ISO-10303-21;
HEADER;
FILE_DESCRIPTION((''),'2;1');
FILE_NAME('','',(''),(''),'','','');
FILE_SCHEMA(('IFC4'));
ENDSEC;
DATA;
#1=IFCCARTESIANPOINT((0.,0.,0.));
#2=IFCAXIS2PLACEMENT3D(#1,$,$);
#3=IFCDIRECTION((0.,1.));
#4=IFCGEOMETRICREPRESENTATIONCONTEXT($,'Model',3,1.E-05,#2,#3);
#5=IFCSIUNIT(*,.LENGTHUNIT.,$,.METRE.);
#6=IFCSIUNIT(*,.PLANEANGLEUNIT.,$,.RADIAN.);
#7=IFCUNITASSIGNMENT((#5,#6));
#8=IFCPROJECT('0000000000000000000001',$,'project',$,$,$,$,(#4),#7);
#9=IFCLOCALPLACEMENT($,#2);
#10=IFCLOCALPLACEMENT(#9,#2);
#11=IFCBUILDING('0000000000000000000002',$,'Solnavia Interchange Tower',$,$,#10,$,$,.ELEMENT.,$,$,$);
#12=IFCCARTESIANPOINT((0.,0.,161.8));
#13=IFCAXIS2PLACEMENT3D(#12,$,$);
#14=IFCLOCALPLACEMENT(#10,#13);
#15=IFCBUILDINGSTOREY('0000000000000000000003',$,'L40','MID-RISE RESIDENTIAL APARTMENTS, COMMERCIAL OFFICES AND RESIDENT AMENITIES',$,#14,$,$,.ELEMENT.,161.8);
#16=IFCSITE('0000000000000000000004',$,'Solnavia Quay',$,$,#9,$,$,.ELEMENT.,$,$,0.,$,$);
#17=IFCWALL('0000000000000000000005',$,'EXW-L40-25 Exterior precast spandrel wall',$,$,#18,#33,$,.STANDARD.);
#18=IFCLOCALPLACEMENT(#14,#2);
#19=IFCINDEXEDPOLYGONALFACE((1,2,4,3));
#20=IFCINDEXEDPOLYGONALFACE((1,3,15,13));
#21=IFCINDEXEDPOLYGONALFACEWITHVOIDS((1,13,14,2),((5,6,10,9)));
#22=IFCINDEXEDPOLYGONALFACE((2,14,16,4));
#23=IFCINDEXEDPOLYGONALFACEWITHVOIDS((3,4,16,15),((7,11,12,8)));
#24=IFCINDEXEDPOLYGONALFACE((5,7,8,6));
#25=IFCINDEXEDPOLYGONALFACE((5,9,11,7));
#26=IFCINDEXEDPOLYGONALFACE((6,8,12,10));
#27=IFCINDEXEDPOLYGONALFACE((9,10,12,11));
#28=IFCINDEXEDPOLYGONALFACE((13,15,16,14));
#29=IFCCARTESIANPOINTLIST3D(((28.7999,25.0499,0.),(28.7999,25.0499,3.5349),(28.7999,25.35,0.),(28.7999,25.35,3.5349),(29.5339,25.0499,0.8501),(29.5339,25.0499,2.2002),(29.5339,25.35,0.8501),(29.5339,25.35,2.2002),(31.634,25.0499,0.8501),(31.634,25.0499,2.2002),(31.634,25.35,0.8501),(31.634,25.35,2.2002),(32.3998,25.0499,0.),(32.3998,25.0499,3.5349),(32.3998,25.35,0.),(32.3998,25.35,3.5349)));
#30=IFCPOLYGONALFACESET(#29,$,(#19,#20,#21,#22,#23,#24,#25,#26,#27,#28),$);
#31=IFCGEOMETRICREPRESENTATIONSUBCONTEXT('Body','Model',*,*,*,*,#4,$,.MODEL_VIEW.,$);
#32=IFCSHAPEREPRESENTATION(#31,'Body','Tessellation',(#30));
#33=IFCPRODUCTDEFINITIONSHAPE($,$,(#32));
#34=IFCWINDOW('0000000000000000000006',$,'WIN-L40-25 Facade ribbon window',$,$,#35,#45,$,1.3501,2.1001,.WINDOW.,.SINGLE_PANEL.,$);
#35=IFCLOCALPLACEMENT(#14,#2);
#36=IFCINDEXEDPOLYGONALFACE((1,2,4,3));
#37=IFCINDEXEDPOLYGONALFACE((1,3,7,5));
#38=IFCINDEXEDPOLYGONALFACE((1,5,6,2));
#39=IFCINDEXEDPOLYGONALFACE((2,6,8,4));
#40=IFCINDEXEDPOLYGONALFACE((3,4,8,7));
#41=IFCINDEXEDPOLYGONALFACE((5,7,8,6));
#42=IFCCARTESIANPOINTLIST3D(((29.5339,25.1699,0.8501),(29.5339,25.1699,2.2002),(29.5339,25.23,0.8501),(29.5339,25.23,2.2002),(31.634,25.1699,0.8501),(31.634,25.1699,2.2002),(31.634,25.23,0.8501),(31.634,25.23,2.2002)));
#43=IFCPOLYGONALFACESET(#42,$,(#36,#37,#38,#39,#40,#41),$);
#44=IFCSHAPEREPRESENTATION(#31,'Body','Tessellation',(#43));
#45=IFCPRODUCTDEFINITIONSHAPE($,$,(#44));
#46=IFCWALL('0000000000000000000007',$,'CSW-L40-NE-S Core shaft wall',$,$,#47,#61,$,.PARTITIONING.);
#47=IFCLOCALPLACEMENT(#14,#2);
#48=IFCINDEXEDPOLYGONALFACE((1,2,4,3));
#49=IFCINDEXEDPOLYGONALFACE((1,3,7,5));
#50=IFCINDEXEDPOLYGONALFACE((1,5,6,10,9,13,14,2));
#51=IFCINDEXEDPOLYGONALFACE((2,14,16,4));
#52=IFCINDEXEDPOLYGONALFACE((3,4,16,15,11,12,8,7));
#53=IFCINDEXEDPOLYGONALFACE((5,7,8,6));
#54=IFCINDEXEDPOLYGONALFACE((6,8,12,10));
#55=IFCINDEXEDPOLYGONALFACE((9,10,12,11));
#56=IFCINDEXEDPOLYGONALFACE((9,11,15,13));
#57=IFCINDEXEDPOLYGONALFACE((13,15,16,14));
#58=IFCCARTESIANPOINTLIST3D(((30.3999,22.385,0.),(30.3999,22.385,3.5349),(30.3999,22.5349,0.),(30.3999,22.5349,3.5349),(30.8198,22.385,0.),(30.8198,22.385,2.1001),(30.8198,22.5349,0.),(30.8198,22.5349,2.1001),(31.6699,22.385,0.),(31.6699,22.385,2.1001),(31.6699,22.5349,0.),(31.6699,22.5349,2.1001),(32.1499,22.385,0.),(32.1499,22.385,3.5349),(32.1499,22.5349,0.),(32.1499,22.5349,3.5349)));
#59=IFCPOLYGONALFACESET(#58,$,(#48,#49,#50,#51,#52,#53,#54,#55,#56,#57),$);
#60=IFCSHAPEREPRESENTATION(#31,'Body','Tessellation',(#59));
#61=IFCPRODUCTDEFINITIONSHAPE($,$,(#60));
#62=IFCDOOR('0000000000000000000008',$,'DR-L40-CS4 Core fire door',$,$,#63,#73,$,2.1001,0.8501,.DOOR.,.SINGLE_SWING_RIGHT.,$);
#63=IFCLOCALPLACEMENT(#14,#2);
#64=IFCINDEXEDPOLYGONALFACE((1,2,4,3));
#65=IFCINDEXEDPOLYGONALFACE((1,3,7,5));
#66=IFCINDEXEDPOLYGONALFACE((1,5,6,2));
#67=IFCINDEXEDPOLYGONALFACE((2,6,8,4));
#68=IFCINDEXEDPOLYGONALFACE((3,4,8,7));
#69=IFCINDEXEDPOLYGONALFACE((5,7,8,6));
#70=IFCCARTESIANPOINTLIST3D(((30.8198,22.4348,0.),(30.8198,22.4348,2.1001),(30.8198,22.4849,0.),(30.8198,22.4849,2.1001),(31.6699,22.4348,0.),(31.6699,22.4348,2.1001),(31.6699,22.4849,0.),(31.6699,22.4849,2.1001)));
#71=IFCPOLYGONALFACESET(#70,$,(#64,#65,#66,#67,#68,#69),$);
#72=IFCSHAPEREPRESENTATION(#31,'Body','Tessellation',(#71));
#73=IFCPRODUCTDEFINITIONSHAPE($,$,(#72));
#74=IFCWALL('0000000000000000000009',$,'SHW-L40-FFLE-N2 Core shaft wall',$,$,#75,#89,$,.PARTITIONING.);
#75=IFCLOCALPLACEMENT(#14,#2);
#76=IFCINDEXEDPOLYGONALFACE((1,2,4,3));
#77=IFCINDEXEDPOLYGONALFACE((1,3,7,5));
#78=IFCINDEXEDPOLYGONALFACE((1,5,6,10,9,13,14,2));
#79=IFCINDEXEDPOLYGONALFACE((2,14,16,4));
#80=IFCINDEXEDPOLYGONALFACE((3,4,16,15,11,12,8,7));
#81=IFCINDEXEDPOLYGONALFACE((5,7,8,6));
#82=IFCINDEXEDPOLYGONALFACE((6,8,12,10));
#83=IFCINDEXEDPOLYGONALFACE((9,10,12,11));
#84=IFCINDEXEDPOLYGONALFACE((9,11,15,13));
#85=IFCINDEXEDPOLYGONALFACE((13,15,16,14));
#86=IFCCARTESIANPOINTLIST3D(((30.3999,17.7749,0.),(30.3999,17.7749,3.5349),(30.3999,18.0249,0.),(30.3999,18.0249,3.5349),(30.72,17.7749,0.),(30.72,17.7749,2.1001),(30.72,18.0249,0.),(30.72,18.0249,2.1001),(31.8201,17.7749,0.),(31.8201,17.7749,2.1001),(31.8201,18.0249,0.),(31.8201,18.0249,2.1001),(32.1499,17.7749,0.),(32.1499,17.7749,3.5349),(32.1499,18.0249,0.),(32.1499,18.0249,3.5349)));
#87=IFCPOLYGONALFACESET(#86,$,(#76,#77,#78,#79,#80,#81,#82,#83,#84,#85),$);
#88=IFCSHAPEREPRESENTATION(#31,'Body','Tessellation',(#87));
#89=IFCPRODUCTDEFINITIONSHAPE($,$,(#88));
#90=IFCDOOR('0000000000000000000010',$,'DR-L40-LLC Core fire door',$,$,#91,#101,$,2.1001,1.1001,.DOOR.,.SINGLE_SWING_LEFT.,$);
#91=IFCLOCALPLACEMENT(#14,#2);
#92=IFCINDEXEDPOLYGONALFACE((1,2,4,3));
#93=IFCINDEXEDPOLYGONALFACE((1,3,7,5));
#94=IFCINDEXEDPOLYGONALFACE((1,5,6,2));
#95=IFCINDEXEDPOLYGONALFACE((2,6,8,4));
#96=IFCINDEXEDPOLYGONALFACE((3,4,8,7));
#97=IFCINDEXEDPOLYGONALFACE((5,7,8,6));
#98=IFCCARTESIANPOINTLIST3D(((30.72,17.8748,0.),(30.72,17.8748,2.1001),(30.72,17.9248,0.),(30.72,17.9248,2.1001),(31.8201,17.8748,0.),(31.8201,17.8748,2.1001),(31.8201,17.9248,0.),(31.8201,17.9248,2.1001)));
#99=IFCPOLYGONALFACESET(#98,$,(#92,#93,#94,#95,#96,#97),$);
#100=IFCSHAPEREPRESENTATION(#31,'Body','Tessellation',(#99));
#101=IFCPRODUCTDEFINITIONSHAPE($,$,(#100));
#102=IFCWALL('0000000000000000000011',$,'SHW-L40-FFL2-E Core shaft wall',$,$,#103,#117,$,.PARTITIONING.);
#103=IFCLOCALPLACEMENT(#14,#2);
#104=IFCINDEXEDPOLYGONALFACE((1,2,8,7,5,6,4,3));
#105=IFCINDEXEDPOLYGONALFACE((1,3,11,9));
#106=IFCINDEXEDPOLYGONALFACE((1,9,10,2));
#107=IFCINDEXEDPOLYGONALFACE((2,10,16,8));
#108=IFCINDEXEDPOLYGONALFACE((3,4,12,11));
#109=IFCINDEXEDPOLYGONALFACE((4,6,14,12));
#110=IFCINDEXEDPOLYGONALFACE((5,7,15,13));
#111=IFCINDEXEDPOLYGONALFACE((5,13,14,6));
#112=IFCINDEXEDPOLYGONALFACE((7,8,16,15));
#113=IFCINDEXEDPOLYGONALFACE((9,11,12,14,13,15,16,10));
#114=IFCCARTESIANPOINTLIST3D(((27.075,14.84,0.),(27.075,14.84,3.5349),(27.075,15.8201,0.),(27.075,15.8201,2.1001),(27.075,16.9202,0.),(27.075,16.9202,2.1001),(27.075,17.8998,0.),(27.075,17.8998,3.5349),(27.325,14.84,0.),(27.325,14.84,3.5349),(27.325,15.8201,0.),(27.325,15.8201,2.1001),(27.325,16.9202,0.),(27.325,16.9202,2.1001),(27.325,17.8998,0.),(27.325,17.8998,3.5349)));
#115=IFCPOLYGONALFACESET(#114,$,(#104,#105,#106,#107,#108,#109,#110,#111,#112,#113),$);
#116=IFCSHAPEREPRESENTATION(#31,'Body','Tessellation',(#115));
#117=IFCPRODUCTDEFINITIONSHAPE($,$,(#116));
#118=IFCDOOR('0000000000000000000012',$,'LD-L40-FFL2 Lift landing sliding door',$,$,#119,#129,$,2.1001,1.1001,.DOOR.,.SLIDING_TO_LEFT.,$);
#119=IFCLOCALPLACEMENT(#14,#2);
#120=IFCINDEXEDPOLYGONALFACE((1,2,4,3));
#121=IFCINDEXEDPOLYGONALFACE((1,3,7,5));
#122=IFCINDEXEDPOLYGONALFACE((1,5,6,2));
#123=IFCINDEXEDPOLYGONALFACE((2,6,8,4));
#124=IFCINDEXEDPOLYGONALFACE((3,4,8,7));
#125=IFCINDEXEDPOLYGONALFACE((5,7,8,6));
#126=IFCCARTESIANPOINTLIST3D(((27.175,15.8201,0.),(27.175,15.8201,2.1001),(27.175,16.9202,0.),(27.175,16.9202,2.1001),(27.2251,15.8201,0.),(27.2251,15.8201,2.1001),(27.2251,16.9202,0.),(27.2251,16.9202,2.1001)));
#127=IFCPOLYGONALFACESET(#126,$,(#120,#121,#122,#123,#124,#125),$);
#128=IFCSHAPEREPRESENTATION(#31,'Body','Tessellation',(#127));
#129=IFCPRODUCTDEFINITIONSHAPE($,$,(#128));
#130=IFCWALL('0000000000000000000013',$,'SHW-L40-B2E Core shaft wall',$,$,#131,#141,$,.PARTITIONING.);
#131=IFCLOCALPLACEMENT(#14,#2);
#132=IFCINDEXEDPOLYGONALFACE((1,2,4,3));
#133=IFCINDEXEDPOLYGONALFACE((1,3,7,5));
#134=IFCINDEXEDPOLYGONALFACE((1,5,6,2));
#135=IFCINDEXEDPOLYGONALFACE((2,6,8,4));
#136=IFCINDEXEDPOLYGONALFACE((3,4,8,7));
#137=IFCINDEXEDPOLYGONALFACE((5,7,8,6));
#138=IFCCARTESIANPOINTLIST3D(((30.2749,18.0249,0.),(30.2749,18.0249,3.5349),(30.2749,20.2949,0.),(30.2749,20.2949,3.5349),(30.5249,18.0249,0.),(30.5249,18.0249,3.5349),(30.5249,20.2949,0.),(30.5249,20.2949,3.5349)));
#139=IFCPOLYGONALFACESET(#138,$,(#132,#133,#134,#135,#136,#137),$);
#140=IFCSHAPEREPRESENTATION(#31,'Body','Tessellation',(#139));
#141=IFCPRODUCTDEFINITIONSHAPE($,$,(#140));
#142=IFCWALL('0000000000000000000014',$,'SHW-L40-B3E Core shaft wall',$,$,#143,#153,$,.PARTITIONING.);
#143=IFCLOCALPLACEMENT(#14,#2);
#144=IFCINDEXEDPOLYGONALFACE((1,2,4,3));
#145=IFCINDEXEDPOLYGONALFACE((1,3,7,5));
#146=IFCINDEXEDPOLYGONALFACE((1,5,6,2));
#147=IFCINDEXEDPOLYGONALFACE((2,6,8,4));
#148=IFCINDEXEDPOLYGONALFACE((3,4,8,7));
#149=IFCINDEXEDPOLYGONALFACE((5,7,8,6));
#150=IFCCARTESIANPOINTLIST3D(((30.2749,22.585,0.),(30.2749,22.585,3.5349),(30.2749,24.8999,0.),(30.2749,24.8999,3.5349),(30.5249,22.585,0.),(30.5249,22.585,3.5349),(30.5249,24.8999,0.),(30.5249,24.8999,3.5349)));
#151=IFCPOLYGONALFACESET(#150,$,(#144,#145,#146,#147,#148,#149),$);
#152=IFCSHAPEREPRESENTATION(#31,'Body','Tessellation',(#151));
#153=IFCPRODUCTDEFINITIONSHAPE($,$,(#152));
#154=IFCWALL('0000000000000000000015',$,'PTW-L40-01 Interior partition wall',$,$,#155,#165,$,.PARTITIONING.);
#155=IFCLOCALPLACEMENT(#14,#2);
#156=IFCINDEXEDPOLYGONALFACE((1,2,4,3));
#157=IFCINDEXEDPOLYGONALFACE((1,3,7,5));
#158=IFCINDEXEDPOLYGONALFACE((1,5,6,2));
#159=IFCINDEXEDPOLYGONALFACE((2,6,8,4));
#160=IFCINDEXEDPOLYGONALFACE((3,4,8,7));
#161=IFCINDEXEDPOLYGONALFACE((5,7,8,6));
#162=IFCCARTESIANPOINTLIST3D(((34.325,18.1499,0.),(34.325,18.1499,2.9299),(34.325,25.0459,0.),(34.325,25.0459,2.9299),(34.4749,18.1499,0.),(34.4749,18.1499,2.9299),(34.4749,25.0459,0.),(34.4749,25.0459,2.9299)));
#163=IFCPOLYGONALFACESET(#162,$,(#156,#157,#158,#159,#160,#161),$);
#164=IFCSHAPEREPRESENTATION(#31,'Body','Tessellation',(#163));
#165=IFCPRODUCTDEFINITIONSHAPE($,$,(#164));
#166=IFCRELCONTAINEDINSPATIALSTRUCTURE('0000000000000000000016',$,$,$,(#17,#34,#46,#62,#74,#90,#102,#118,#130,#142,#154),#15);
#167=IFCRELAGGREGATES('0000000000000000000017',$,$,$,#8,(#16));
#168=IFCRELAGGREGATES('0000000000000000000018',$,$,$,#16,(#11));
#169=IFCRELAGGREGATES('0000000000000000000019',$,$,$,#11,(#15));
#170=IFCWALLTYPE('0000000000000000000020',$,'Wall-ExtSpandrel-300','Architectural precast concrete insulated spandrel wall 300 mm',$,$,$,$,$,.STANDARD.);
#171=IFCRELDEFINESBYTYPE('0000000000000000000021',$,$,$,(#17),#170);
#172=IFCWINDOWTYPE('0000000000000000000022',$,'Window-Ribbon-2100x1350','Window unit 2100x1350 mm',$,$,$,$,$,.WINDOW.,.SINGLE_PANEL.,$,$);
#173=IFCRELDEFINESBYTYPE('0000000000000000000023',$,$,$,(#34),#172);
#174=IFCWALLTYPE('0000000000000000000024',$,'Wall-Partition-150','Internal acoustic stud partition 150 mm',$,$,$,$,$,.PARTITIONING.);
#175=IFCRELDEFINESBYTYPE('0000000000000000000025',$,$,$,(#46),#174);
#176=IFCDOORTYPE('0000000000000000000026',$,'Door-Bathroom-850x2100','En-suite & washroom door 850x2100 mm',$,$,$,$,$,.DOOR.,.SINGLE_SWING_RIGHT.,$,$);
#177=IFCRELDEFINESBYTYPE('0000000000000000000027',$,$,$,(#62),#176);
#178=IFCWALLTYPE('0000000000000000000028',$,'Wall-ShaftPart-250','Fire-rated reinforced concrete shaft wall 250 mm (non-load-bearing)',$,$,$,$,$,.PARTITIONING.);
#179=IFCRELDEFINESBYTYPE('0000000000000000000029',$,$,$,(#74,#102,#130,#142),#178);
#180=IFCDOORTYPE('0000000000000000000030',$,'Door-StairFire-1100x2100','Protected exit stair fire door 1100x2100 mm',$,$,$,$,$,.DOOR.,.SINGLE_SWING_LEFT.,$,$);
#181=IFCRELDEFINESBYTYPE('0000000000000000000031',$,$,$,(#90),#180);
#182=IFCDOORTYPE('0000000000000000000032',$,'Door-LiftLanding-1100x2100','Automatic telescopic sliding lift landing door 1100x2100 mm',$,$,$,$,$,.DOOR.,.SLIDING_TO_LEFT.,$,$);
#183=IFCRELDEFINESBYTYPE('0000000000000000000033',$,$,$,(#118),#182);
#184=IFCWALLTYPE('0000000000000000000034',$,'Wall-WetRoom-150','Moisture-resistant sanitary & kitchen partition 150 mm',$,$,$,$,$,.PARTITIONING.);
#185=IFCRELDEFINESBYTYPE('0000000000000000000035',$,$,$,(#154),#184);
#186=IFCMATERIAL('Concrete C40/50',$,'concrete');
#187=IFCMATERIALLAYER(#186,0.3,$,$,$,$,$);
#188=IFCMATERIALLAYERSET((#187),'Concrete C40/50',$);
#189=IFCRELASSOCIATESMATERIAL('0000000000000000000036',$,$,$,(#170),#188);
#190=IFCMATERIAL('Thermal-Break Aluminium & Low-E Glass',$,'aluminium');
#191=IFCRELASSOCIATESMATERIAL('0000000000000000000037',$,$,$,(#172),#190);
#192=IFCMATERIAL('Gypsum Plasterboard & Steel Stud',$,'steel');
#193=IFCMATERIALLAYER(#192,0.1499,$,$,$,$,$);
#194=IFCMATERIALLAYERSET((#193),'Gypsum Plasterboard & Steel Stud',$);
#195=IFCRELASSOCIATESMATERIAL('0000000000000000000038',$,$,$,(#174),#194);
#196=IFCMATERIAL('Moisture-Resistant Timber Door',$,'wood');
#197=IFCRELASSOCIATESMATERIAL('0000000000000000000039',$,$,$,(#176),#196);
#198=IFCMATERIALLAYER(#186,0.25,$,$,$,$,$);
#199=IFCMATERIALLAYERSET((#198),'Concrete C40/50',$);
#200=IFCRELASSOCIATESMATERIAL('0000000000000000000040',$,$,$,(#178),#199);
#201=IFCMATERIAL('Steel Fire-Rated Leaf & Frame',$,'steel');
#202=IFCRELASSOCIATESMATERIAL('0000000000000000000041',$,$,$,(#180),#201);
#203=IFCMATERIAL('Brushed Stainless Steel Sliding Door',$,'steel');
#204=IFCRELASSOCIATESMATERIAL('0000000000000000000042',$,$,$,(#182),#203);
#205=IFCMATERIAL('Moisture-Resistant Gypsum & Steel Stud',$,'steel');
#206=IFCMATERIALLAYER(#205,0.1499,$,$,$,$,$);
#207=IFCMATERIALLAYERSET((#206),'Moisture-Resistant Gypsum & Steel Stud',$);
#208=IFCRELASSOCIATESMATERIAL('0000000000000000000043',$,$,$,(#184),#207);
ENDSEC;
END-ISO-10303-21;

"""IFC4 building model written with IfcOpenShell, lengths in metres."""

from ifc_helpers import new_model, si_unit, direction, frame, frame_2d, origin, place, context, subcontext, project, spatial, rectangle, extrude, material, layer, layer_set, type_object, element, fill, save


model = new_model("IFC4")

# Units and contexts
model_context = context("Model", 3, precision=1e-05, world=origin(), true_north=direction((0.0, 1.0)))
body_context = subcontext(model_context, "Body", "Model", "MODEL_VIEW")
ifc_project = project(units=[si_unit("LENGTHUNIT", "METRE"), si_unit("PLANEANGLEUNIT", "RADIAN")], contexts=[model_context])

# Site, building, storey
site_placement = place(None, origin())
site = spatial("IfcSite", under=ifc_project, at=site_placement, Name="Solnavia Quay", CompositionType="ELEMENT", RefElevation=0.0)
building_placement = place(site_placement, origin())
building = spatial("IfcBuilding", under=site, at=building_placement, Name="Solnavia Interchange Tower", CompositionType="ELEMENT")
storey_placement = place(building_placement, frame((0.0, 0.0, 161.8)))
storey = spatial("IfcBuildingStorey", under=building, at=storey_placement, Name="L40", Description="MID-RISE RESIDENTIAL APARTMENTS, COMMERCIAL OFFICES AND RESIDENT AMENITIES", CompositionType="ELEMENT", Elevation=161.8)

# Wall, opening, window
ifc_material_1 = material(Name="Concrete C40/50", Category="concrete")
ifc_layer_1 = layer(ifc_material_1, 0.3)
ifc_layer_set_1 = layer_set([ifc_layer_1], Name="Concrete C40/50")
wall_type_1 = type_object("IfcWallType", Name="Wall-ExtSpandrel-300", Description="Architectural precast concrete insulated spandrel wall 300 mm", PredefinedType="STANDARD", material=ifc_layer_set_1)
wall_1_placement = place(storey_placement, frame((28.8, 25.2, 0.0), z_axis=(0.0, 0.0, 1.0), x_axis=(1.0, 0.0, 0.0)))
wall_1 = element("IfcWall", 1, at=wall_1_placement, inside=storey, type_object=wall_type_1, Name="EXW-L40-25 Exterior precast spandrel wall", PredefinedType="STANDARD", context=body_context, shape_type="SweptSolid", body=[
    extrude(rectangle(XDim=3.5999, YDim=0.3, at=frame_2d((1.7998, 0.0))), origin(), (0.0, 0.0, 1.0), 3.5349),
])
opening_1_placement = place(wall_1_placement, frame((0.7339, 0.0, 0.8501)))
opening_1 = element("IfcOpeningElement", 2, at=opening_1_placement, cuts=wall_1, PredefinedType="OPENING", context=body_context, shape_type="SweptSolid", body=[
    extrude(rectangle(XDim=2.1001, YDim=1.3501, at=frame_2d((1.05, 0.675))), frame((0.0, 0.1602, 0.0), z_axis=(0.0, -1.0, 0.0), x_axis=(1.0, 0.0, 0.0)), (0.0, 0.0, 1.0), 0.3201),
])
ifc_material_2 = material(Name="Thermal-Break Aluminium & Low-E Glass", Category="aluminium")
window_type = type_object("IfcWindowType", Name="Window-Ribbon-2100x1350", Description="Window unit 2100x1350 mm", PartitioningType="SINGLE_PANEL", PredefinedType="WINDOW", material=ifc_material_2)
window_placement = place(opening_1_placement, origin())
window = element("IfcWindow", 3, at=window_placement, inside=storey, type_object=window_type, Name="WIN-L40-25 Facade ribbon window", OverallHeight=1.3501, OverallWidth=2.1001, PartitioningType="SINGLE_PANEL", PredefinedType="WINDOW", context=body_context, shape_type="SweptSolid", body=[
    extrude(rectangle(XDim=2.1001, YDim=1.3501, at=frame_2d((1.05, 0.675))), frame((0.0, 0.03, 0.0), z_axis=(0.0, -1.0, 0.0), x_axis=(1.0, 0.0, 0.0)), (0.0, 0.0, 1.0), 0.0601),
])
fill(opening_1, window)

# Walls, openings, doors
ifc_material_3 = material(Name="Gypsum Plasterboard & Steel Stud", Category="steel")
ifc_layer_2 = layer(ifc_material_3, 0.1499)
ifc_layer_set_2 = layer_set([ifc_layer_2], Name="Gypsum Plasterboard & Steel Stud")
wall_type_2 = type_object("IfcWallType", Name="Wall-Partition-150", Description="Internal acoustic stud partition 150 mm", PredefinedType="PARTITIONING", material=ifc_layer_set_2)
wall_2_placement = place(storey_placement, frame((30.3999, 22.46, 0.0), z_axis=(0.0, 0.0, 1.0), x_axis=(1.0, 0.0, 0.0)))
wall_2 = element("IfcWall", 4, at=wall_2_placement, inside=storey, type_object=wall_type_2, Name="CSW-L40-NE-S Core shaft wall", PredefinedType="PARTITIONING", context=body_context, shape_type="SweptSolid", body=[
    extrude(rectangle(XDim=1.75, YDim=0.1499, at=frame_2d((0.875, 0.0))), origin(), (0.0, 0.0, 1.0), 3.5349),
])
opening_2_placement = place(wall_2_placement, frame((0.4199, 0.0, 0.0)))
opening_2 = element("IfcOpeningElement", 5, at=opening_2_placement, cuts=wall_2, PredefinedType="OPENING", context=body_context, shape_type="SweptSolid", body=[
    extrude(rectangle(XDim=0.8501, YDim=2.1001, at=frame_2d((0.425, 1.05))), frame((0.0, 0.085, 0.0), z_axis=(0.0, -1.0, 0.0), x_axis=(1.0, 0.0, 0.0)), (0.0, 0.0, 1.0), 0.1699),
])
ifc_material_4 = material(Name="Moisture-Resistant Timber Door", Category="wood")
door_type_1 = type_object("IfcDoorType", Name="Door-Bathroom-850x2100", Description="En-suite & washroom door 850x2100 mm", OperationType="SINGLE_SWING_RIGHT", PredefinedType="DOOR", material=ifc_material_4)
door_1_placement = place(opening_2_placement, origin())
door_1 = element("IfcDoor", 6, at=door_1_placement, inside=storey, type_object=door_type_1, Name="DR-L40-CS4 Core fire door", OperationType="SINGLE_SWING_RIGHT", OverallHeight=2.1001, OverallWidth=0.8501, PredefinedType="DOOR", context=body_context, shape_type="SweptSolid", body=[
    extrude(rectangle(XDim=0.8501, YDim=2.1001, at=frame_2d((0.425, 1.05))), frame((0.0, 0.0249, 0.0), z_axis=(0.0, -1.0, 0.0), x_axis=(1.0, 0.0, 0.0)), (0.0, 0.0, 1.0), 0.05),
])
fill(opening_2, door_1)
ifc_layer_3 = layer(ifc_material_1, 0.25)
ifc_layer_set_3 = layer_set([ifc_layer_3], Name="Concrete C40/50")
wall_type_3 = type_object("IfcWallType", Name="Wall-ShaftPart-250", Description="Fire-rated reinforced concrete shaft wall 250 mm (non-load-bearing)", PredefinedType="PARTITIONING", material=ifc_layer_set_3)
wall_3_placement = place(storey_placement, frame((30.3999, 17.8999, 0.0), z_axis=(0.0, 0.0, 1.0), x_axis=(1.0, 0.0, 0.0)))
wall_3 = element("IfcWall", 7, at=wall_3_placement, inside=storey, type_object=wall_type_3, Name="SHW-L40-FFLE-N2 Core shaft wall", PredefinedType="PARTITIONING", context=body_context, shape_type="SweptSolid", body=[
    extrude(rectangle(XDim=1.75, YDim=0.25, at=frame_2d((0.875, 0.0))), origin(), (0.0, 0.0, 1.0), 3.5349),
])
opening_3_placement = place(wall_3_placement, frame((0.3201, 0.0, 0.0)))
opening_3 = element("IfcOpeningElement", 8, at=opening_3_placement, cuts=wall_3, PredefinedType="OPENING", context=body_context, shape_type="SweptSolid", body=[
    extrude(rectangle(XDim=1.1001, YDim=2.1001, at=frame_2d((0.55, 1.05))), frame((0.0, 0.135, 0.0), z_axis=(0.0, -1.0, 0.0), x_axis=(1.0, 0.0, 0.0)), (0.0, 0.0, 1.0), 0.27),
])
ifc_material_5 = material(Name="Steel Fire-Rated Leaf & Frame", Category="steel")
door_type_2 = type_object("IfcDoorType", Name="Door-StairFire-1100x2100", Description="Protected exit stair fire door 1100x2100 mm", OperationType="SINGLE_SWING_LEFT", PredefinedType="DOOR", material=ifc_material_5)
door_2_placement = place(opening_3_placement, origin())
door_2 = element("IfcDoor", 9, at=door_2_placement, inside=storey, type_object=door_type_2, Name="DR-L40-LLC Core fire door", OperationType="SINGLE_SWING_LEFT", OverallHeight=2.1001, OverallWidth=1.1001, PredefinedType="DOOR", context=body_context, shape_type="SweptSolid", body=[
    extrude(rectangle(XDim=1.1001, YDim=2.1001, at=frame_2d((0.55, 1.05))), frame((0.0, 0.0249, 0.0), z_axis=(0.0, -1.0, 0.0), x_axis=(1.0, 0.0, 0.0)), (0.0, 0.0, 1.0), 0.05),
])
fill(opening_3, door_2)
wall_4_placement = place(storey_placement, frame((27.2, 14.8401, 0.0), z_axis=(0.0, 0.0, 1.0), x_axis=(0.0, 1.0, 0.0)))
wall_4 = element("IfcWall", 10, at=wall_4_placement, inside=storey, type_object=wall_type_3, Name="SHW-L40-FFL2-E Core shaft wall", PredefinedType="PARTITIONING", context=body_context, shape_type="SweptSolid", body=[
    extrude(rectangle(XDim=3.0598, YDim=0.25, at=frame_2d((1.5298, 0.0))), origin(), (0.0, 0.0, 1.0), 3.5349),
])
opening_4_placement = place(wall_4_placement, frame((0.98, 0.0, 0.0)))
opening_4 = element("IfcOpeningElement", 11, at=opening_4_placement, cuts=wall_4, PredefinedType="OPENING", context=body_context, shape_type="SweptSolid", body=[
    extrude(rectangle(XDim=1.1001, YDim=2.1001, at=frame_2d((0.55, 1.05))), frame((0.0, 0.135, 0.0), z_axis=(0.0, -1.0, 0.0), x_axis=(1.0, 0.0, 0.0)), (0.0, 0.0, 1.0), 0.27),
])
ifc_material_6 = material(Name="Brushed Stainless Steel Sliding Door", Category="steel")
door_type_3 = type_object("IfcDoorType", Name="Door-LiftLanding-1100x2100", Description="Automatic telescopic sliding lift landing door 1100x2100 mm", OperationType="SLIDING_TO_LEFT", PredefinedType="DOOR", material=ifc_material_6)
door_3_placement = place(opening_4_placement, origin())
door_3 = element("IfcDoor", 12, at=door_3_placement, inside=storey, type_object=door_type_3, Name="LD-L40-FFL2 Lift landing sliding door", OperationType="SLIDING_TO_LEFT", OverallHeight=2.1001, OverallWidth=1.1001, PredefinedType="DOOR", context=body_context, shape_type="SweptSolid", body=[
    extrude(rectangle(XDim=1.1001, YDim=2.1001, at=frame_2d((0.55, 1.05))), frame((0.0, 0.0249, 0.0), z_axis=(0.0, -1.0, 0.0), x_axis=(1.0, 0.0, 0.0)), (0.0, 0.0, 1.0), 0.05),
])
fill(opening_4, door_3)

# Walls
wall_5_placement = place(storey_placement, frame((30.3999, 18.0249, 0.0), z_axis=(0.0, 0.0, 1.0), x_axis=(0.0, 1.0, 0.0)))
element("IfcWall", 13, at=wall_5_placement, inside=storey, type_object=wall_type_3, Name="SHW-L40-B2E Core shaft wall", PredefinedType="PARTITIONING", context=body_context, shape_type="SweptSolid", body=[
    extrude(rectangle(XDim=2.27, YDim=0.25, at=frame_2d((1.135, 0.0))), origin(), (0.0, 0.0, 1.0), 3.5349),
])
wall_6_placement = place(storey_placement, frame((30.3999, 22.585, 0.0), z_axis=(0.0, 0.0, 1.0), x_axis=(0.0, 1.0, 0.0)))
element("IfcWall", 14, at=wall_6_placement, inside=storey, type_object=wall_type_3, Name="SHW-L40-B3E Core shaft wall", PredefinedType="PARTITIONING", context=body_context, shape_type="SweptSolid", body=[
    extrude(rectangle(XDim=2.3149, YDim=0.25, at=frame_2d((1.1575, 0.0))), origin(), (0.0, 0.0, 1.0), 3.5349),
])
ifc_material_7 = material(Name="Moisture-Resistant Gypsum & Steel Stud", Category="steel")
ifc_layer_4 = layer(ifc_material_7, 0.1499)
ifc_layer_set_4 = layer_set([ifc_layer_4], Name="Moisture-Resistant Gypsum & Steel Stud")
wall_type_4 = type_object("IfcWallType", Name="Wall-WetRoom-150", Description="Moisture-resistant sanitary & kitchen partition 150 mm", PredefinedType="PARTITIONING", material=ifc_layer_set_4)
wall_7_placement = place(storey_placement, frame((34.3999, 18.1499, 0.0), z_axis=(0.0, 0.0, 1.0), x_axis=(0.0, 1.0, 0.0)))
element("IfcWall", 15, at=wall_7_placement, inside=storey, type_object=wall_type_4, Name="PTW-L40-01 Interior partition wall", PredefinedType="PARTITIONING", context=body_context, shape_type="SweptSolid", body=[
    extrude(rectangle(XDim=6.896, YDim=0.1499, at=frame_2d((3.448, 0.0))), origin(), (0.0, 0.0, 1.0), 2.9299),
])

save(model, "model.ifc")
